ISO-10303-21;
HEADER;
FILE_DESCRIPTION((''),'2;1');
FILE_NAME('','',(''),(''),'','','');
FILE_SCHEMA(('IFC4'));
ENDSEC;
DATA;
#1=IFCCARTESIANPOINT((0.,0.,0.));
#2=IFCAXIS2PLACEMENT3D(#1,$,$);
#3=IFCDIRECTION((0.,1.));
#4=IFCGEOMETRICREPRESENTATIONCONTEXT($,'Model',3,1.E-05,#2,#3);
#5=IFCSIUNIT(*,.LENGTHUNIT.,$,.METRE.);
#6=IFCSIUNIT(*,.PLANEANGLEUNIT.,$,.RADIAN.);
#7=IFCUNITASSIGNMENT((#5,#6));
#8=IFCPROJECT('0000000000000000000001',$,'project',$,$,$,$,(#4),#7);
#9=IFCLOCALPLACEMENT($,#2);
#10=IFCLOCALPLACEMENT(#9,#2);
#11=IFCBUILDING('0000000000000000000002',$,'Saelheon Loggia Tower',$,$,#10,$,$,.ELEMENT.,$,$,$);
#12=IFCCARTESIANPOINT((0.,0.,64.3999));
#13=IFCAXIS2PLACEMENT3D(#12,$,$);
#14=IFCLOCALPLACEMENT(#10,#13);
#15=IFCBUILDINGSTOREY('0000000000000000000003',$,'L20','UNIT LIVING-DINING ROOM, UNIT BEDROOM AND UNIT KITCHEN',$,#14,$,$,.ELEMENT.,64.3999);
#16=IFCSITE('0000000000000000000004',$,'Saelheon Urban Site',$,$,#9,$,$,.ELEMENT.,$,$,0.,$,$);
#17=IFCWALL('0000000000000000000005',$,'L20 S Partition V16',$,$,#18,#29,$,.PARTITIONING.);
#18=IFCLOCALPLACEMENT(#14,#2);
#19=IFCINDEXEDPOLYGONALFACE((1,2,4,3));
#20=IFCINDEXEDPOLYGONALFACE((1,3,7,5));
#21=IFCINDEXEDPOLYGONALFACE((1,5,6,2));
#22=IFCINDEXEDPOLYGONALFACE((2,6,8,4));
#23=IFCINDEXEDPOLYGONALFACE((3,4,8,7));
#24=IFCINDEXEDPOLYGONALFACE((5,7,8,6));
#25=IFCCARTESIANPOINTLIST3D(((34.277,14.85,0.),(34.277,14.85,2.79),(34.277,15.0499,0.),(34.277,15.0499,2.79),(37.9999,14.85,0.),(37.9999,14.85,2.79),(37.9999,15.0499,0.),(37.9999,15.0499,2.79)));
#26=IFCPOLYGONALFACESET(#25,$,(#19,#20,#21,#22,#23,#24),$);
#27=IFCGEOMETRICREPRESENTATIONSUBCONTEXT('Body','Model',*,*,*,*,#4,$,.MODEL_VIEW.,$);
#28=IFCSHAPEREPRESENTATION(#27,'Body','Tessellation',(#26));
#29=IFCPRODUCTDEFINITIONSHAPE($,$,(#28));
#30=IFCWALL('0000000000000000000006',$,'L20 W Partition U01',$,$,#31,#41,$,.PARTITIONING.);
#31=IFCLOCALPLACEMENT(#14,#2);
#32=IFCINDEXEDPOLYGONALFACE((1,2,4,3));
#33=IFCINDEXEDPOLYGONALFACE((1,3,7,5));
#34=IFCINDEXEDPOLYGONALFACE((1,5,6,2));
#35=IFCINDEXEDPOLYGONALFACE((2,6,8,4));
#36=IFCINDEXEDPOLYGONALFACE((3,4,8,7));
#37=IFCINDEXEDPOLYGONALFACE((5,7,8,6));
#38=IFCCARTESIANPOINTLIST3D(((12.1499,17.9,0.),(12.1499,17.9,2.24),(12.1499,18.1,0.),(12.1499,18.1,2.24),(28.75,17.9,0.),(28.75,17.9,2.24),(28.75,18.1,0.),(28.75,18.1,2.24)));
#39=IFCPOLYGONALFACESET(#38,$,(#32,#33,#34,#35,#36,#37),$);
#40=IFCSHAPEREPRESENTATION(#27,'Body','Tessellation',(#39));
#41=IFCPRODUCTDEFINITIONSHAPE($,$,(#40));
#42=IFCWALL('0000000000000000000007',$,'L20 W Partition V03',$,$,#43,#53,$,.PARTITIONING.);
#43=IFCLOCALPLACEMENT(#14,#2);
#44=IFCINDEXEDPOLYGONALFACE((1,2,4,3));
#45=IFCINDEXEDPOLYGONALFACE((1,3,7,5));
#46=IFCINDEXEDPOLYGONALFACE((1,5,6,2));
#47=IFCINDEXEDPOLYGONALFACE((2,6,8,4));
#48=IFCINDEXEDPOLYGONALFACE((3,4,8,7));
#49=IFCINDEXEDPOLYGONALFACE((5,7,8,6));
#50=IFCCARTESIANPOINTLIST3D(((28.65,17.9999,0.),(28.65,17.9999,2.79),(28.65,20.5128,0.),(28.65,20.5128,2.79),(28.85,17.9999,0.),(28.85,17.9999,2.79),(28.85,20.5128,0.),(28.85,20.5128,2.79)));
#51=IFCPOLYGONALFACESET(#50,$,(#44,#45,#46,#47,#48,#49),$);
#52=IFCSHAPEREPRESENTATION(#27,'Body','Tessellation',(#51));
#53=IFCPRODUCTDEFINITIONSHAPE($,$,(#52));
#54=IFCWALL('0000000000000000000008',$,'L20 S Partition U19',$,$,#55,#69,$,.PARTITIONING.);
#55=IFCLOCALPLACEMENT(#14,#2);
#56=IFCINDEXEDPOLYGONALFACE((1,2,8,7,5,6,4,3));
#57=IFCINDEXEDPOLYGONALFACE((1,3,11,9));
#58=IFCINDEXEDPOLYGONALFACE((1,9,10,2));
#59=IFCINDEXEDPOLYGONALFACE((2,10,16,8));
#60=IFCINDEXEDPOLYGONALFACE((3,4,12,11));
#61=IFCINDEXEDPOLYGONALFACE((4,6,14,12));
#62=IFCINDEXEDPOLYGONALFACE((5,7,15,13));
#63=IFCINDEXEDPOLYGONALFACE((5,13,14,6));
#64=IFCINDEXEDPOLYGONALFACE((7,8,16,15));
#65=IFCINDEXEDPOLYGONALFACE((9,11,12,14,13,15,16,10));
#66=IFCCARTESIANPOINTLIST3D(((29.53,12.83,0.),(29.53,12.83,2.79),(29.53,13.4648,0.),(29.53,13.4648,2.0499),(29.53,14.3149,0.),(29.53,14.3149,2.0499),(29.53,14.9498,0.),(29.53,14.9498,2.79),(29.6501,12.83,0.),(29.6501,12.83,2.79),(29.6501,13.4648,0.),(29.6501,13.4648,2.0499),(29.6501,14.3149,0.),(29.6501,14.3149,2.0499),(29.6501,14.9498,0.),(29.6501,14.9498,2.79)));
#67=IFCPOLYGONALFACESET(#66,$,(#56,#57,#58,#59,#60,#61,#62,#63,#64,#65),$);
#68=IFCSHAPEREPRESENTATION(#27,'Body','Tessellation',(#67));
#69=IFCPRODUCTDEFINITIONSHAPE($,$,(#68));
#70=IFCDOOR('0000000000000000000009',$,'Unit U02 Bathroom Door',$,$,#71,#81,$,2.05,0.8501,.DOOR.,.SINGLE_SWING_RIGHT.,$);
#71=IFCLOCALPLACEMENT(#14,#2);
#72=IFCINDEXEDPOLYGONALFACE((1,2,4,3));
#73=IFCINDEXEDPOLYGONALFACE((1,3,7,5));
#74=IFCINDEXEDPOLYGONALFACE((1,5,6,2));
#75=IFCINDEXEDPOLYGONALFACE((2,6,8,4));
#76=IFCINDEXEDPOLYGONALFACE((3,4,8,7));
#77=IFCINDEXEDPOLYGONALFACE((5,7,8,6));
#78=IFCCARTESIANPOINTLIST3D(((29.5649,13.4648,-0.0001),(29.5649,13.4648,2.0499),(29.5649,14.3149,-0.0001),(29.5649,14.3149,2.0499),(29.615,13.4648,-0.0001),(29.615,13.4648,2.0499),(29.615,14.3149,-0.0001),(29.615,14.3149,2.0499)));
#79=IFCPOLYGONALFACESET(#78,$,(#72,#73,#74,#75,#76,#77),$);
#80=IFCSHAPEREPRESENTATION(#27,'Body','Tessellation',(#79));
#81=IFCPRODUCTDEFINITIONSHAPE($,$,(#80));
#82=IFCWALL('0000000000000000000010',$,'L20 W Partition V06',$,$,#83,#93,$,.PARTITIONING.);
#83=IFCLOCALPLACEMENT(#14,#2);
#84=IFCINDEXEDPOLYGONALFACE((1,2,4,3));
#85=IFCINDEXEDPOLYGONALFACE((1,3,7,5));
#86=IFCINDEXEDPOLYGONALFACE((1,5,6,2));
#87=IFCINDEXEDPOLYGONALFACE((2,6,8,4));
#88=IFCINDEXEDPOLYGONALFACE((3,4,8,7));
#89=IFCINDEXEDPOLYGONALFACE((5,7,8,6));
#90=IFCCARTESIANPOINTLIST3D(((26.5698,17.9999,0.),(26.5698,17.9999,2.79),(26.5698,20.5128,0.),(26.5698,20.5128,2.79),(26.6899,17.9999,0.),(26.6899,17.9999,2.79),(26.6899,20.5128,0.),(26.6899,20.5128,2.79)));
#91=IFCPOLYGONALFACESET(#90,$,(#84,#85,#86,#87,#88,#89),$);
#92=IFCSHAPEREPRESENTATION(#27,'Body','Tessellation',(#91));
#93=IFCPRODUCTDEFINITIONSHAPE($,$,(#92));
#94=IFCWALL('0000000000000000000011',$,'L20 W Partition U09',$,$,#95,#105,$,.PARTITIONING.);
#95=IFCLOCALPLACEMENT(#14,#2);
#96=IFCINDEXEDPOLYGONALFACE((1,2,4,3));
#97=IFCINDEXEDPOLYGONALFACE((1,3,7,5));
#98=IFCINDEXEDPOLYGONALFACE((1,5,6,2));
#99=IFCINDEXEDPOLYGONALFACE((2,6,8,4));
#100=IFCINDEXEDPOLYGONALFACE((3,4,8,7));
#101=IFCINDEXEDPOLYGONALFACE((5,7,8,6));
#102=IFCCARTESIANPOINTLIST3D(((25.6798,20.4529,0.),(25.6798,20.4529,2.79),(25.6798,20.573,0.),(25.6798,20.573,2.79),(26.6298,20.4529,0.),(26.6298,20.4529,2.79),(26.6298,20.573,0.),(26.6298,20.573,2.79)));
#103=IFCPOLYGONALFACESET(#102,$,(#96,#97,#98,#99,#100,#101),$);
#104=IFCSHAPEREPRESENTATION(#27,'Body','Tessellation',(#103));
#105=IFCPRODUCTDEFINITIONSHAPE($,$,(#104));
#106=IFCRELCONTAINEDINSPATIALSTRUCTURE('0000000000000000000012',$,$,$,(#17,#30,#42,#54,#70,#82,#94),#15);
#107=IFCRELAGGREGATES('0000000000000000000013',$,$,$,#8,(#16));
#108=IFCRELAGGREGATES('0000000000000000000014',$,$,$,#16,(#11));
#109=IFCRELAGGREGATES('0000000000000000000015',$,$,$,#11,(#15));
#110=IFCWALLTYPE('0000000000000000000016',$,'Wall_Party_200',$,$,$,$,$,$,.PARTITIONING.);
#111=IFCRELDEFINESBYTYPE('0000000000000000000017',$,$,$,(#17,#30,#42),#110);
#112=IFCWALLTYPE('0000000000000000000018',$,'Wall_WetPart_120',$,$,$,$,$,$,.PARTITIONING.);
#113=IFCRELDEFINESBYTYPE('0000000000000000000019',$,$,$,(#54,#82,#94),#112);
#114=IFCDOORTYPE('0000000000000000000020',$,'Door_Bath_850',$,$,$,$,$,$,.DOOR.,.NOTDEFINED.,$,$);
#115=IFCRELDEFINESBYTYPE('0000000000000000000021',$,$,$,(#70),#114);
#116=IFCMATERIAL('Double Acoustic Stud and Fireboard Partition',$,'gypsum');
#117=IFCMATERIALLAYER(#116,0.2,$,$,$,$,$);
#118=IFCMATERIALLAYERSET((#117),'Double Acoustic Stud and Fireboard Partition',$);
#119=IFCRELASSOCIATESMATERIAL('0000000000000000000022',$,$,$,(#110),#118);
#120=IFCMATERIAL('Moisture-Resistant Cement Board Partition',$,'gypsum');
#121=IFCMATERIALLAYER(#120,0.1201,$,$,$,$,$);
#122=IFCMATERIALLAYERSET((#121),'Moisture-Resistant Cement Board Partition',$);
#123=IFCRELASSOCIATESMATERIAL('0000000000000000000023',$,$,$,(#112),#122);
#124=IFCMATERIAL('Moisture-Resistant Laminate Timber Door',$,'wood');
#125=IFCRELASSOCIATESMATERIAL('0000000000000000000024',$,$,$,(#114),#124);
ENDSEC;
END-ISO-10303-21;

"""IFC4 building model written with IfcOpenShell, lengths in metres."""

from ifc_helpers import new_model, si_unit, direction, frame, frame_2d, origin, place, context, subcontext, project, spatial, rectangle, extrude, source, transform, mapped, material, layer, layer_set, type_object, element, fill, save


model = new_model("IFC4")

# Units and contexts
model_context = context("Model", 3, precision=1e-05, world=origin(), true_north=direction((0.0, 1.0)))
body_context = subcontext(model_context, "Body", "Model", "MODEL_VIEW")
ifc_project = project(units=[si_unit("LENGTHUNIT", "METRE"), si_unit("PLANEANGLEUNIT", "RADIAN")], contexts=[model_context])

# Site, building, storey
site_placement = place(None, origin())
site = spatial("IfcSite", under=ifc_project, at=site_placement, Name="Saelheon Urban Site", CompositionType="ELEMENT", RefElevation=0.0)
building_placement = place(site_placement, origin())
building = spatial("IfcBuilding", under=site, at=building_placement, Name="Saelheon Loggia Tower", CompositionType="ELEMENT")
storey_placement = place(building_placement, frame((0.0, 0.0, 64.3999)))
storey = spatial("IfcBuildingStorey", under=building, at=storey_placement, Name="L20", Description="UNIT LIVING-DINING ROOM, UNIT BEDROOM AND UNIT KITCHEN", CompositionType="ELEMENT", Elevation=64.3999)

# Shared definitions
ifc_material_1 = material(Name="Double Acoustic Stud and Fireboard Partition", Category="gypsum")
ifc_layer_1 = layer(ifc_material_1, 0.2)
ifc_layer_set_1 = layer_set([ifc_layer_1], Name="Double Acoustic Stud and Fireboard Partition")
wall_type_1 = type_object("IfcWallType", Name="Wall_Party_200", PredefinedType="PARTITIONING", material=ifc_layer_set_1)

# Walls
wall_1_placement = place(storey_placement, frame((34.2771, 14.95, 0.0), z_axis=(0.0, 0.0, 1.0), x_axis=(1.0, 0.0, 0.0)))
element("IfcWall", 1, at=wall_1_placement, inside=storey, type_object=wall_type_1, Name="L20 S Partition V16", PredefinedType="PARTITIONING", context=body_context, shape_type="SweptSolid", body=[
    extrude(rectangle(XDim=3.7229, YDim=0.2, at=frame_2d((1.8613, 0.0))), origin(), (0.0, 0.0, 1.0), 2.79),
])
wall_2_placement = place(storey_placement, frame((28.75, 18.0, 0.0), z_axis=(0.0, 0.0, 1.0), x_axis=(-1.0, 0.0, 0.0)))
element("IfcWall", 2, at=wall_2_placement, inside=storey, type_object=wall_type_1, Name="L20 W Partition U01", PredefinedType="PARTITIONING", context=body_context, shape_type="SweptSolid", body=[
    extrude(rectangle(XDim=16.6001, YDim=0.2, at=frame_2d((8.3, 0.0))), origin(), (0.0, 0.0, 1.0), 2.24),
])
wall_3_placement = place(storey_placement, frame((28.75, 18.0, 0.0), z_axis=(0.0, 0.0, 1.0), x_axis=(0.0, 1.0, 0.0)))
element("IfcWall", 3, at=wall_3_placement, inside=storey, type_object=wall_type_1, Name="L20 W Partition V03", PredefinedType="PARTITIONING", context=body_context, shape_type="SweptSolid", body=[
    extrude(rectangle(XDim=2.5129, YDim=0.2, at=frame_2d((1.2563, 0.0))), origin(), (0.0, 0.0, 1.0), 2.79),
])

# Wall, opening, door
ifc_material_2 = material(Name="Moisture-Resistant Cement Board Partition", Category="gypsum")
ifc_layer_2 = layer(ifc_material_2, 0.1201)
ifc_layer_set_2 = layer_set([ifc_layer_2], Name="Moisture-Resistant Cement Board Partition")
wall_type_2 = type_object("IfcWallType", Name="Wall_WetPart_120", PredefinedType="PARTITIONING", material=ifc_layer_set_2)
wall_4_placement = place(storey_placement, frame((29.5901, 14.95, 0.0), z_axis=(0.0, 0.0, 1.0), x_axis=(0.0, -1.0, 0.0)))
wall_4 = element("IfcWall", 4, at=wall_4_placement, inside=storey, type_object=wall_type_2, Name="L20 S Partition U19", PredefinedType="PARTITIONING", context=body_context, shape_type="SweptSolid", body=[
    extrude(rectangle(XDim=2.1199, YDim=0.1201, at=frame_2d((1.0601, 0.0))), origin(), (0.0, 0.0, 1.0), 2.79),
])
opening_1_placement = place(wall_4_placement, frame((0.635, 0.0, 0.0)))
opening_1 = element("IfcOpeningElement", 5, at=opening_1_placement, cuts=wall_4, PredefinedType="OPENING", context=body_context, shape_type="SweptSolid", body=[
    extrude(rectangle(XDim=0.8501, YDim=2.05, at=frame_2d((0.425, 1.0249))), frame((0.0, 0.072, 0.0), z_axis=(0.0, -1.0, 0.0), x_axis=(1.0, 0.0, 0.0)), (0.0, 0.0, 1.0), 0.144),
])
ifc_material_3 = material(Name="Moisture-Resistant Laminate Timber Door", Category="wood")
door_type_1 = type_object("IfcDoorType", Name="Door_Bath_850", OperationType="NOTDEFINED", PredefinedType="DOOR", material=ifc_material_3)
shared_shape_1 = source(origin(), body_context, "Body", "SweptSolid", [
    extrude(rectangle(XDim=0.8501, YDim=2.05, at=frame_2d((0.425, 1.0249))), frame((0.0, 0.0249, 0.0), z_axis=(0.0, -1.0, 0.0), x_axis=(1.0, 0.0, 0.0)), (0.0, 0.0, 1.0), 0.05),
])
door_1_placement = place(opening_1_placement, origin())
door_1 = element("IfcDoor", 6, at=door_1_placement, inside=storey, type_object=door_type_1, Name="Unit U02 Bathroom Door", OperationType="SINGLE_SWING_RIGHT", OverallHeight=2.05, OverallWidth=0.8501, PredefinedType="DOOR", context=body_context, shape_type="MappedRepresentation", body=[
    mapped(shared_shape_1, transform((0.0, 0.0, 0.0), scale=1.0)),
])
fill(opening_1, door_1)

# Walls
wall_5_placement = place(storey_placement, frame((26.6299, 18.0, 0.0), z_axis=(0.0, 0.0, 1.0), x_axis=(0.0, 1.0, 0.0)))
element("IfcWall", 7, at=wall_5_placement, inside=storey, type_object=wall_type_2, Name="L20 W Partition V06", PredefinedType="PARTITIONING", context=body_context, shape_type="SweptSolid", body=[
    extrude(rectangle(XDim=2.5129, YDim=0.1201, at=frame_2d((1.2563, 0.0))), origin(), (0.0, 0.0, 1.0), 2.79),
])
wall_6_placement = place(storey_placement, frame((26.6299, 20.5129, 0.0), z_axis=(0.0, 0.0, 1.0), x_axis=(-1.0, 0.0, 0.0)))
element("IfcWall", 8, at=wall_6_placement, inside=storey, type_object=wall_type_2, Name="L20 W Partition U09", PredefinedType="PARTITIONING", context=body_context, shape_type="SweptSolid", body=[
    extrude(rectangle(XDim=0.95, YDim=0.1201, at=frame_2d((0.4751, 0.0))), origin(), (0.0, 0.0, 1.0), 2.79),
])

save(model, "model.ifc")
